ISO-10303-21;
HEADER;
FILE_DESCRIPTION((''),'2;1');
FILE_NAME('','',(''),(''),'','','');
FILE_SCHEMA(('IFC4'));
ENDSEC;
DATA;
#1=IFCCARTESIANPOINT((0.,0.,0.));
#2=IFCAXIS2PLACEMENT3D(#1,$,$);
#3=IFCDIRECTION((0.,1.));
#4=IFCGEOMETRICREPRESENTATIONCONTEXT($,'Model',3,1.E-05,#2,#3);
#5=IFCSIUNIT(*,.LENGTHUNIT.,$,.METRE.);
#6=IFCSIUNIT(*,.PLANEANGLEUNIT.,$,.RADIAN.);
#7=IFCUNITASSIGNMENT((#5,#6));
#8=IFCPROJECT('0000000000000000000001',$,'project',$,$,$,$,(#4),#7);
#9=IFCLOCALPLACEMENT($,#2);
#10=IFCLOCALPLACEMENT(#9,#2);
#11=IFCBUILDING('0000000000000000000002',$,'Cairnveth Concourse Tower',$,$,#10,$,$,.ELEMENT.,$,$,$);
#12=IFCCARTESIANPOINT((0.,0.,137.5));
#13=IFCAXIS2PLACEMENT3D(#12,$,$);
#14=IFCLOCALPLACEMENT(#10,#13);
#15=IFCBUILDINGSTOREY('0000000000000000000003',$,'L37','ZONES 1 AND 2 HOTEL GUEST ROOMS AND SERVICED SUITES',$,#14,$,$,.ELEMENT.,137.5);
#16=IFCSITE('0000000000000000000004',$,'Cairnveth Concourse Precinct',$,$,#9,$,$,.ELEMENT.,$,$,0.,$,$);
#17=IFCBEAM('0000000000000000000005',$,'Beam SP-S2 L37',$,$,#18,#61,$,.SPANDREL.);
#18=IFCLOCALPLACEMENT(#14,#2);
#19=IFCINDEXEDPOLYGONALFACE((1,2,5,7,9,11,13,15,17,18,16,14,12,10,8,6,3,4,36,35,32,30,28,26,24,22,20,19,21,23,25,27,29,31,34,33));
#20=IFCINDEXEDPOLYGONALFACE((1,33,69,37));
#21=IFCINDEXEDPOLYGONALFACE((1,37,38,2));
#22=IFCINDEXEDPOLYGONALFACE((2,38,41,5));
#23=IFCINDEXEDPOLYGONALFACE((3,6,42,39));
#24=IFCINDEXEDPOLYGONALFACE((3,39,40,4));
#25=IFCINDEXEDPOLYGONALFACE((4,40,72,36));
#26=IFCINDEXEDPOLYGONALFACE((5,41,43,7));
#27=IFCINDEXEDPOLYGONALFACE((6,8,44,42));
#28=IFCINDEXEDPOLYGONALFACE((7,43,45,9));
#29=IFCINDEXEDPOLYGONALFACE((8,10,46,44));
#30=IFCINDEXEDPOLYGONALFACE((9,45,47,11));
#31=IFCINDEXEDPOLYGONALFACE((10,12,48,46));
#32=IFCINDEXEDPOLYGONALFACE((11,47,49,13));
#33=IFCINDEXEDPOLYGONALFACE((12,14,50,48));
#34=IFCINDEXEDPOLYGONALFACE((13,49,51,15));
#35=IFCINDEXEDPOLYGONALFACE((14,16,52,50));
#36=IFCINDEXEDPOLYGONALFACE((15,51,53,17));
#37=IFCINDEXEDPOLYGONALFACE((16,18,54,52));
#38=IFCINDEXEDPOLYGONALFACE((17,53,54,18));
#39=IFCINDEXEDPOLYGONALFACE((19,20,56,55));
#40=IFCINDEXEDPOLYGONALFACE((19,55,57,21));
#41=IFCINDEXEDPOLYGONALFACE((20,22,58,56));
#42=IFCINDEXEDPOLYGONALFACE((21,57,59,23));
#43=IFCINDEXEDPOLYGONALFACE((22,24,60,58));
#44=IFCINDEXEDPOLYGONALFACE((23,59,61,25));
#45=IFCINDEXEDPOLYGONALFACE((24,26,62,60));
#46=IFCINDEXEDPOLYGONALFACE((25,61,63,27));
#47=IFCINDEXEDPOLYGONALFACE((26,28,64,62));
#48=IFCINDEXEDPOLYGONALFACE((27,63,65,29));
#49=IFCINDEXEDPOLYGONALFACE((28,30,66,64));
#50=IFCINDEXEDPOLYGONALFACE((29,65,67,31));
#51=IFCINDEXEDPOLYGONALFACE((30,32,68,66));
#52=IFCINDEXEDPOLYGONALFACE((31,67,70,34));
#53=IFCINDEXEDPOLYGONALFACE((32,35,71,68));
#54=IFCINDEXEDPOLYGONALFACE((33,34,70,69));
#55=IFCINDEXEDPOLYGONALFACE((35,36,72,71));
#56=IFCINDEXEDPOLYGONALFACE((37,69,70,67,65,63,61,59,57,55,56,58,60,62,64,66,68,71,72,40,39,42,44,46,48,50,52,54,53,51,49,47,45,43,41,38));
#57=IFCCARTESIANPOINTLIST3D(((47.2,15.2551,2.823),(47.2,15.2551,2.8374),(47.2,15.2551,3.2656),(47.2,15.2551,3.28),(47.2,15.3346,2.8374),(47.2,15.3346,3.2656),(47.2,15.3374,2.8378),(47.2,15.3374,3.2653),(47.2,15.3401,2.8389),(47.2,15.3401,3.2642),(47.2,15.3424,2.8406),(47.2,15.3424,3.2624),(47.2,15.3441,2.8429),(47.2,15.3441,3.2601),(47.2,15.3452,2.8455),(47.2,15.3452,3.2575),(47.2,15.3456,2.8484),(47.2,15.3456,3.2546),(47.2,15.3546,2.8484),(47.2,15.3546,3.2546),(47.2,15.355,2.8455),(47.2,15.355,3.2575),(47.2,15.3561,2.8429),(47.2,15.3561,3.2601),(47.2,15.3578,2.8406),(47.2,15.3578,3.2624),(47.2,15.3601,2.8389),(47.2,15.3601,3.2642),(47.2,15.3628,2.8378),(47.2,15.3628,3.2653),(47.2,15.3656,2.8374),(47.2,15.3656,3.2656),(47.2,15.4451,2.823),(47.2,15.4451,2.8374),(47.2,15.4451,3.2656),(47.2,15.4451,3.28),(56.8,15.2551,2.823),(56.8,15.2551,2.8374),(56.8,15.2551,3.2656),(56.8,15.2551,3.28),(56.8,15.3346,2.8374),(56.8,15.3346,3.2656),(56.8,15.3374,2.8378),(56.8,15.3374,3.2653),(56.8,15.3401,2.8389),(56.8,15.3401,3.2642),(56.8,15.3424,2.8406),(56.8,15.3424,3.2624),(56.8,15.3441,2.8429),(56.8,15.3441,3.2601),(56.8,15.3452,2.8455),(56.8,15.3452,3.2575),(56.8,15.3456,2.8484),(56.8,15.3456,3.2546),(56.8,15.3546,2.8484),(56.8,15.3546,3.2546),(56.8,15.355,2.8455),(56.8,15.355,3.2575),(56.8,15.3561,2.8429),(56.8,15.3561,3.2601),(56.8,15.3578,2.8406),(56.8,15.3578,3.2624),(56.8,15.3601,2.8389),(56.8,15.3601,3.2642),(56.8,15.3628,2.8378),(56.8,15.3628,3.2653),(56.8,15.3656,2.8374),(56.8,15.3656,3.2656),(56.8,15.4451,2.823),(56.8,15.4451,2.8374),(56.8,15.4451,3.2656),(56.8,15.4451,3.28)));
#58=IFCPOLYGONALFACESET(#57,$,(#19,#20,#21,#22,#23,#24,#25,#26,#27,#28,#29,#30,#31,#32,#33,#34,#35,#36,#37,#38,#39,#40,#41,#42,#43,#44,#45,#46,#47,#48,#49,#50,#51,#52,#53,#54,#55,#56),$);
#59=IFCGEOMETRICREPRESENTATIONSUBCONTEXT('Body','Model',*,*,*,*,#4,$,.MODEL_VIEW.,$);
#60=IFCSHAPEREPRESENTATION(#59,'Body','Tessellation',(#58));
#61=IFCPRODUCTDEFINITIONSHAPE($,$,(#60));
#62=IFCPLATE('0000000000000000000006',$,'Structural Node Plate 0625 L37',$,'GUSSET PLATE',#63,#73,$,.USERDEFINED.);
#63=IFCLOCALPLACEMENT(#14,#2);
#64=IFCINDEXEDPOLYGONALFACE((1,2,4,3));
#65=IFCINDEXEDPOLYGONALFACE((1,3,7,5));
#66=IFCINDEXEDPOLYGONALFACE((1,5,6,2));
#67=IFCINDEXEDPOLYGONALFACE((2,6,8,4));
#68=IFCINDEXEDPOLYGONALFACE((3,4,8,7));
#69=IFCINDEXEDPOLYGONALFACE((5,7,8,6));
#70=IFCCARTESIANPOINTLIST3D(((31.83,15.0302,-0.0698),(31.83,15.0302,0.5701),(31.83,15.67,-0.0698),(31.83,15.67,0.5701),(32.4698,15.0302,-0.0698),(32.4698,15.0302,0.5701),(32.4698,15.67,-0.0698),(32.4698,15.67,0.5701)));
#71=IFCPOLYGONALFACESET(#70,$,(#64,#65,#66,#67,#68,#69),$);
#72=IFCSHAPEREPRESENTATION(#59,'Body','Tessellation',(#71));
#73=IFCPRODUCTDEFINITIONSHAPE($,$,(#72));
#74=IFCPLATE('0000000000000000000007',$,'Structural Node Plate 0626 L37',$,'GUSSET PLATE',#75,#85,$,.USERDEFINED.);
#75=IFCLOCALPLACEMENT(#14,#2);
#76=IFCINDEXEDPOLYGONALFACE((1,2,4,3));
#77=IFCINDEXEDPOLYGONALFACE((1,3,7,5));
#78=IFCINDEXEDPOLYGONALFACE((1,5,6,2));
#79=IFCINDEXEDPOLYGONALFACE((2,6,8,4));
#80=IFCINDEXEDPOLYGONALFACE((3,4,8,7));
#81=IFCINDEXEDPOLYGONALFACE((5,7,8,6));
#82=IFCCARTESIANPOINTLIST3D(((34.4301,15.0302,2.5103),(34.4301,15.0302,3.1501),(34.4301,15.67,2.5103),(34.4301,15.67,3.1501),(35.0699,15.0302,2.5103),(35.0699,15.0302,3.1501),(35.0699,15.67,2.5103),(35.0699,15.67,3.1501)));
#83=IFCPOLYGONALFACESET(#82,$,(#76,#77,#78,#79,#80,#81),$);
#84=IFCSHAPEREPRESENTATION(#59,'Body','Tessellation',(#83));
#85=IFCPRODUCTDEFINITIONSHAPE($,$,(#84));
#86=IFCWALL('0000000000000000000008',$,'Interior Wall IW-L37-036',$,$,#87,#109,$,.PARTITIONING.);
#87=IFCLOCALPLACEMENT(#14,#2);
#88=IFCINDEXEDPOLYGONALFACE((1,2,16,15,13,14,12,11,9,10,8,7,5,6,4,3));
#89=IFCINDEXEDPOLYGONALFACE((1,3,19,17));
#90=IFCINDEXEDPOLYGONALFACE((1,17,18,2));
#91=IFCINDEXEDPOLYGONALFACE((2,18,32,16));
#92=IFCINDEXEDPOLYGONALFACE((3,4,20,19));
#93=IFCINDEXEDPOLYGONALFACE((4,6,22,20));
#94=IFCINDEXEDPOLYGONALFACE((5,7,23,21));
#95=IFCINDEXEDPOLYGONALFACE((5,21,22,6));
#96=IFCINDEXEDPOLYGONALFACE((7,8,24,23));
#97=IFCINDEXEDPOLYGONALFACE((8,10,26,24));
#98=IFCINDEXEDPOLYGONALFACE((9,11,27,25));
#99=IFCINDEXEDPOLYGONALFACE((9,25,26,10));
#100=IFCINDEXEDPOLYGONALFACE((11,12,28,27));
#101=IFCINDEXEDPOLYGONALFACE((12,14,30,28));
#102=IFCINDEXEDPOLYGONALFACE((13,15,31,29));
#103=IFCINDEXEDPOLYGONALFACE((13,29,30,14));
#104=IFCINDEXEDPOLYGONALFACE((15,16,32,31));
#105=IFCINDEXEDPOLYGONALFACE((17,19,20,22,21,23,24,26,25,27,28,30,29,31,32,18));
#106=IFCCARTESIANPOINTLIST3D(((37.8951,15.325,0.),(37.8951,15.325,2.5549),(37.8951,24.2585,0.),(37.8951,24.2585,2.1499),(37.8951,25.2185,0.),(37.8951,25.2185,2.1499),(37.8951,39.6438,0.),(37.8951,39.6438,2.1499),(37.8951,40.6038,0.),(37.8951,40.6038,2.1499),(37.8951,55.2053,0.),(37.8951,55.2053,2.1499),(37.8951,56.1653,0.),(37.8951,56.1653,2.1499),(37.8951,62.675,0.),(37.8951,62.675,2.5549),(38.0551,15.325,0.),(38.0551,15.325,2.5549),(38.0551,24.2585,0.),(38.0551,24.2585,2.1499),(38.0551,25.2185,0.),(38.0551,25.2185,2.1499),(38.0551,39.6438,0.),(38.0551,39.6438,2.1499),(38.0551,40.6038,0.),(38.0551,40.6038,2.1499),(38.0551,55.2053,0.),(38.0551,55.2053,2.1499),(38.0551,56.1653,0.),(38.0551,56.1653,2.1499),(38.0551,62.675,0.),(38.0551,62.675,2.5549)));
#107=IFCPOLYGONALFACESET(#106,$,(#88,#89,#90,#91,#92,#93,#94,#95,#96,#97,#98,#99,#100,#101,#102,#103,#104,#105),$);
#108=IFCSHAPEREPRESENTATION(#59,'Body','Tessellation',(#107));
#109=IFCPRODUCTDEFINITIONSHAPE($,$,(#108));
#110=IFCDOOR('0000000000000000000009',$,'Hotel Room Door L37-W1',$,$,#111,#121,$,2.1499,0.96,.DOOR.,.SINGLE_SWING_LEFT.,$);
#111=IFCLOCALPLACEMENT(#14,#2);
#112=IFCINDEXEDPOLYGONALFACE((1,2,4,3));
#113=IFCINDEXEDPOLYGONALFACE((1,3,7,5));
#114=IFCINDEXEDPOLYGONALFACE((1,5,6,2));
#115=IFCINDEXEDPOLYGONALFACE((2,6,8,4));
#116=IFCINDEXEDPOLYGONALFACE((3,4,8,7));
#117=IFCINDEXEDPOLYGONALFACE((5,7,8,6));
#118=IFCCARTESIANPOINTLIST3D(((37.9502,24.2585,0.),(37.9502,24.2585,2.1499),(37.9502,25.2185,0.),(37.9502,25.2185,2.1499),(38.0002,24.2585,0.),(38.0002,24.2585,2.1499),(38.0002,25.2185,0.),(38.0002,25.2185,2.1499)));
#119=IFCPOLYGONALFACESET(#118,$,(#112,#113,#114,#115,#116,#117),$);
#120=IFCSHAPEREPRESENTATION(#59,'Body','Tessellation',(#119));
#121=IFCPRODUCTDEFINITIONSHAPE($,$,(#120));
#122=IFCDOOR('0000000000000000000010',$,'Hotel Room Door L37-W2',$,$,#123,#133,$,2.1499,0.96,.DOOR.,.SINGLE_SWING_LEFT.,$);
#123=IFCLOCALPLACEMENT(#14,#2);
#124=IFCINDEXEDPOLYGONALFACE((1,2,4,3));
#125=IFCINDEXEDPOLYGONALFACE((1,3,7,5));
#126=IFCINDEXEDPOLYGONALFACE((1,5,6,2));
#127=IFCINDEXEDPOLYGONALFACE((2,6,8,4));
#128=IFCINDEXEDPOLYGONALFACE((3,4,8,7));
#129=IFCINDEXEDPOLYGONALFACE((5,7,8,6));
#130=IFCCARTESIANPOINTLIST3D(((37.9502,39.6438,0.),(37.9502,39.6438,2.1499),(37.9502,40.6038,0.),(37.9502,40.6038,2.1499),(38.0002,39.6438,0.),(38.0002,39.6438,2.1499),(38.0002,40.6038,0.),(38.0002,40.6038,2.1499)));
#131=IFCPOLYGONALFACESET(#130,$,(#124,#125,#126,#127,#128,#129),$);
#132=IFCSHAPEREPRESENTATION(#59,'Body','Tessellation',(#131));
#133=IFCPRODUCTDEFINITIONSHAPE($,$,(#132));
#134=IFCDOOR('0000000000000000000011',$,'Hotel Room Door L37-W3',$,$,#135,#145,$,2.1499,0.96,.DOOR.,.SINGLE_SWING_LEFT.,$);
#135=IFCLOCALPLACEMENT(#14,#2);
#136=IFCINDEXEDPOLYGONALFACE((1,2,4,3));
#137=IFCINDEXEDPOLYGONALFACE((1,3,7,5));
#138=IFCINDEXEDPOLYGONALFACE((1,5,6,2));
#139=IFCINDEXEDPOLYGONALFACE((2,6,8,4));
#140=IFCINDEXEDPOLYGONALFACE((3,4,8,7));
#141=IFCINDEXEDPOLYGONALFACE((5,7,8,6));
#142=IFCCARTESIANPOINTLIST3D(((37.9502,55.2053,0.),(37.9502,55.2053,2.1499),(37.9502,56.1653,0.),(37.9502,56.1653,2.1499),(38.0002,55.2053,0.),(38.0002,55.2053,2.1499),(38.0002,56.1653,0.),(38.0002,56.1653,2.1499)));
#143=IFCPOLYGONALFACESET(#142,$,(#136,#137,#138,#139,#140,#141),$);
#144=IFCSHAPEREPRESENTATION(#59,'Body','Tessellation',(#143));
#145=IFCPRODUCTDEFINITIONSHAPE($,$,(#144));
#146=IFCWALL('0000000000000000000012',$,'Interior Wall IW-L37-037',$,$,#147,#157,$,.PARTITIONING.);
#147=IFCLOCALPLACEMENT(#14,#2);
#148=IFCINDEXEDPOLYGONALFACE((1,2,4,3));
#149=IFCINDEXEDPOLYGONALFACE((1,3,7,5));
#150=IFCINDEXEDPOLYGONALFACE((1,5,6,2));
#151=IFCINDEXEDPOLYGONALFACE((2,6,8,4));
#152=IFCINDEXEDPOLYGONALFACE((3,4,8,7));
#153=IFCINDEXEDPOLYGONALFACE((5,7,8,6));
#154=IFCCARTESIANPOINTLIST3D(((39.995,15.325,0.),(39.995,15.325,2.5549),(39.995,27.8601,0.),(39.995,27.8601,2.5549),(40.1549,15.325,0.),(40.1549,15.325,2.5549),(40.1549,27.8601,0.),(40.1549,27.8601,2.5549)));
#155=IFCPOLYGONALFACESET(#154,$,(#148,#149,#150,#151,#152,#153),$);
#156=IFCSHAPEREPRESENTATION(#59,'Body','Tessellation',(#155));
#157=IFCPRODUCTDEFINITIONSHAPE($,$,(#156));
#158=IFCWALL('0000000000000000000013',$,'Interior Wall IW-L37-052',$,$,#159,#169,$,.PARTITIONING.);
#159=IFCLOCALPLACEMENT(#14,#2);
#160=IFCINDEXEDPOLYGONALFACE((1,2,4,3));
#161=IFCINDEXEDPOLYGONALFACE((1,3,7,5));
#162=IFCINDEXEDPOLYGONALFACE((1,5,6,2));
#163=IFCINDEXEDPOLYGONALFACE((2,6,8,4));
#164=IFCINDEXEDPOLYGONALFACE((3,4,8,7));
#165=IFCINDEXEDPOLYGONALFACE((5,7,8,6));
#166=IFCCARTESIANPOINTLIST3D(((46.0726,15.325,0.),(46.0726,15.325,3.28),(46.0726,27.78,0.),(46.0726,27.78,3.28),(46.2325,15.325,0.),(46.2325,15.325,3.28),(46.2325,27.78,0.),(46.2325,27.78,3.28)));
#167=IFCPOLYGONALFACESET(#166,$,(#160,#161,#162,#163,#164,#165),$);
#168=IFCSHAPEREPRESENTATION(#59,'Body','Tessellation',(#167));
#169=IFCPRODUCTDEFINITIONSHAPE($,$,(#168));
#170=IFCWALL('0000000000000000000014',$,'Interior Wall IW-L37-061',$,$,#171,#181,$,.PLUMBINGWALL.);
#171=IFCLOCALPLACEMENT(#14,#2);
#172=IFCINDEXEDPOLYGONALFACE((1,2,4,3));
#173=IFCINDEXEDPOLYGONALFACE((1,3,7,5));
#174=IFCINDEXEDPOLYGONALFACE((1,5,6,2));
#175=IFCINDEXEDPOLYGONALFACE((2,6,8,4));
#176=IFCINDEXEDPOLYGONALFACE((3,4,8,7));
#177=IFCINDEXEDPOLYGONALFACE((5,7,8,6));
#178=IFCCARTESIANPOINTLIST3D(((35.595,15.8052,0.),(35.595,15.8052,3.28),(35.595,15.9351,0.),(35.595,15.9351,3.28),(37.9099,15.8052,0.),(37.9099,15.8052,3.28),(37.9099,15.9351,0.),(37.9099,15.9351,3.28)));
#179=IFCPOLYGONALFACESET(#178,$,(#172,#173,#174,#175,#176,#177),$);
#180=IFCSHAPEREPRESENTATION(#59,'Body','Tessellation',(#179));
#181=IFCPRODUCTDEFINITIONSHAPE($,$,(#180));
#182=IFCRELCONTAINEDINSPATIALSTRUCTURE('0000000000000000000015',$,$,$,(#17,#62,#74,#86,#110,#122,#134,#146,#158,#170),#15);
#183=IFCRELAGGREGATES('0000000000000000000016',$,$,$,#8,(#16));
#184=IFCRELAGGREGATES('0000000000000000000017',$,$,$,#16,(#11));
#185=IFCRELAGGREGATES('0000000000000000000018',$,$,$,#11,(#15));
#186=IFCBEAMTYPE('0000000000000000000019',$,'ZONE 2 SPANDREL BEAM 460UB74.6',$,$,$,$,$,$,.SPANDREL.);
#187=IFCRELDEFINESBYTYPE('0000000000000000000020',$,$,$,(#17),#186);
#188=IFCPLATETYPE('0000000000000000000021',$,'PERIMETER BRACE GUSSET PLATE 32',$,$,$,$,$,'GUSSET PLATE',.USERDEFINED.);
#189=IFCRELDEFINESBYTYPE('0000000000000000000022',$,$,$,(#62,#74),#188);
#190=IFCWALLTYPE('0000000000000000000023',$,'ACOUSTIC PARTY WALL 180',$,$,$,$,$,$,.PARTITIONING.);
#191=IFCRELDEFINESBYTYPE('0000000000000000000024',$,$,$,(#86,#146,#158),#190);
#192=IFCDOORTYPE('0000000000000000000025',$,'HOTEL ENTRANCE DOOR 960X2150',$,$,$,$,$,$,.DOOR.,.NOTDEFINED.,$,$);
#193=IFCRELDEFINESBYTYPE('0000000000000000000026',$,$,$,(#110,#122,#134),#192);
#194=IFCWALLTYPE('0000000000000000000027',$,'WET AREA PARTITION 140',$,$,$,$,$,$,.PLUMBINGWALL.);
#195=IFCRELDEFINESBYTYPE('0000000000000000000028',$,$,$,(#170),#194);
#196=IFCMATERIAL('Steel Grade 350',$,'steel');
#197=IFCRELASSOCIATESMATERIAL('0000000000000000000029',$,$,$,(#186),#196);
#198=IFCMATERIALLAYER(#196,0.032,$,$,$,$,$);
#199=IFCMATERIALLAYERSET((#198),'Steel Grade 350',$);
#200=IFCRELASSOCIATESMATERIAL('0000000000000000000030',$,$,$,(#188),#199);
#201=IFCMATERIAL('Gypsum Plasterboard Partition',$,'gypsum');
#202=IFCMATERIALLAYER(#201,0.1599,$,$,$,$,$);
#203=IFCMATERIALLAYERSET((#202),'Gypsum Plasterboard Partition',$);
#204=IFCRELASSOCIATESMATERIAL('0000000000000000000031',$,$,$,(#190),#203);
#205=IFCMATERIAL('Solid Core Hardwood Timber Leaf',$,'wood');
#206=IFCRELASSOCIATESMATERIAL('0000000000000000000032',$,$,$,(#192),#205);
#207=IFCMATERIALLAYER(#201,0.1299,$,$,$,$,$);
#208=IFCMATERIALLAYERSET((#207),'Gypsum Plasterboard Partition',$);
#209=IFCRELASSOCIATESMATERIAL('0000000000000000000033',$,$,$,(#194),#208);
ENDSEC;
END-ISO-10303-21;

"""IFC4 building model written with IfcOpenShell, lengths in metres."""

from ifc_helpers import new_model, si_unit, direction, frame, frame_2d, origin, origin_2d, place, context, subcontext, project, spatial, rectangle, i_section, extrude, material, layer, layer_set, material_profile, profile_set, type_object, element, fill, save


model = new_model("IFC4")

# Units and contexts
model_context = context("Model", 3, precision=1e-05, world=origin(), true_north=direction((0.0, 1.0)))
body_context = subcontext(model_context, "Body", "Model", "MODEL_VIEW")
ifc_project = project(units=[si_unit("LENGTHUNIT", "METRE"), si_unit("PLANEANGLEUNIT", "RADIAN")], contexts=[model_context])

# Site, building, storey
site_placement = place(None, origin())
site = spatial("IfcSite", under=ifc_project, at=site_placement, Name="Cairnveth Concourse Precinct", CompositionType="ELEMENT", RefElevation=0.0)
building_placement = place(site_placement, origin())
building = spatial("IfcBuilding", under=site, at=building_placement, Name="Cairnveth Concourse Tower", CompositionType="ELEMENT")
storey_placement = place(building_placement, frame((0.0, 0.0, 137.5)))
storey = spatial("IfcBuildingStorey", under=building, at=storey_placement, Name="L37", Description="ZONES 1 AND 2 HOTEL GUEST ROOMS AND SERVICED SUITES", CompositionType="ELEMENT", Elevation=137.5)

# Shared definitions
ifc_material_1 = material(Name="Steel Grade 350", Category="steel")

# Beam
ifc_material_profile_1 = material_profile(ifc_material_1, i_section(OverallWidth=0.1899, OverallDepth=0.457, WebThickness=0.009, FlangeThickness=0.0144, FilletRadius=0.011, at=origin_2d()), Name="460UB74.6")
ifc_profile_set_1 = profile_set([ifc_material_profile_1], Name="Steel Grade 350")
beam_type_1 = type_object("IfcBeamType", Name="ZONE 2 SPANDREL BEAM 460UB74.6", PredefinedType="SPANDREL", material=ifc_profile_set_1)
beam_1_placement = place(storey_placement, frame((47.2, 15.3501, 3.0515), z_axis=(1.0, 0.0, 0.0), x_axis=(0.0, 1.0, 0.0)))
element("IfcBeam", 1, at=beam_1_placement, inside=storey, type_object=beam_type_1, Name="Beam SP-S2 L37", PredefinedType="SPANDREL", context=body_context, shape_type="SweptSolid", body=[
    extrude(i_section(OverallWidth=0.1899, OverallDepth=0.457, WebThickness=0.009, FlangeThickness=0.0144, FilletRadius=0.011, at=origin_2d()), origin(), (0.0, 0.0, 1.0), 9.6001),
])

# Plates
ifc_layer_1 = layer(ifc_material_1, 0.032)
ifc_layer_set_1 = layer_set([ifc_layer_1], Name="Steel Grade 350")
plate_type = type_object("IfcPlateType", Name="PERIMETER BRACE GUSSET PLATE 32", ElementType="GUSSET PLATE", PredefinedType="USERDEFINED", material=ifc_layer_set_1)
for number, where, z_axis, x_axis, name in (
    (2, (32.1499, 15.3501, -0.0698), (0.0, 0.0, 1.0), (1.0, 0.0, 0.0), "Structural Node Plate 0625 L37"),
    (3, (34.75, 15.3501, 2.5103), (0.0, 0.0, 1.0), (1.0, 0.0, 0.0), "Structural Node Plate 0626 L37"),
):
    element("IfcPlate", number, at=place(storey_placement, frame(where, z_axis=z_axis, x_axis=x_axis)), inside=storey, type_object=plate_type, Name=name, ObjectType="GUSSET PLATE", PredefinedType="USERDEFINED", context=body_context, shape_type="SweptSolid", body=[
        extrude(rectangle(XDim=0.6399, YDim=0.6399, at=origin_2d()), origin(), (0.0, 0.0, 1.0), 0.6399),
    ])

# Wall, openings, doors
ifc_material_2 = material(Name="Gypsum Plasterboard Partition", Category="gypsum")
ifc_layer_2 = layer(ifc_material_2, 0.1599)
ifc_layer_set_2 = layer_set([ifc_layer_2], Name="Gypsum Plasterboard Partition")
wall_type_1 = type_object("IfcWallType", Name="ACOUSTIC PARTY WALL 180", PredefinedType="PARTITIONING", material=ifc_layer_set_2)
wall_1_placement = place(storey_placement, frame((37.9751, 15.325, 0.0), z_axis=(0.0, 0.0, 1.0), x_axis=(0.0, 1.0, 0.0)))
wall_1 = element("IfcWall", 4, at=wall_1_placement, inside=storey, type_object=wall_type_1, Name="Interior Wall IW-L37-036", PredefinedType="PARTITIONING", context=body_context, shape_type="SweptSolid", body=[
    extrude(rectangle(XDim=47.3501, YDim=0.1599, at=frame_2d((23.675, 0.0))), origin(), (0.0, 0.0, 1.0), 2.5549),
])
opening_1_placement = place(wall_1_placement, frame((8.9336, 0.0, 0.0)))
opening_1 = element("IfcOpeningElement", 5, at=opening_1_placement, cuts=wall_1, PredefinedType="OPENING", context=body_context, shape_type="SweptSolid", body=[
    extrude(rectangle(XDim=0.96, YDim=2.1499, at=frame_2d((0.48, 1.075))), frame((0.0, 0.0898, 0.0), z_axis=(0.0, -1.0, 0.0), x_axis=(1.0, 0.0, 0.0)), (0.0, 0.0, 1.0), 0.1799),
])
opening_2_placement = place(wall_1_placement, frame((24.3188, 0.0, 0.0)))
opening_2 = element("IfcOpeningElement", 6, at=opening_2_placement, cuts=wall_1, PredefinedType="OPENING", context=body_context, shape_type="SweptSolid", body=[
    extrude(rectangle(XDim=0.96, YDim=2.1499, at=frame_2d((0.48, 1.075))), frame((0.0, 0.0898, 0.0), z_axis=(0.0, -1.0, 0.0), x_axis=(1.0, 0.0, 0.0)), (0.0, 0.0, 1.0), 0.1799),
])
opening_3_placement = place(wall_1_placement, frame((39.8804, 0.0, 0.0)))
opening_3 = element("IfcOpeningElement", 7, at=opening_3_placement, cuts=wall_1, PredefinedType="OPENING", context=body_context, shape_type="SweptSolid", body=[
    extrude(rectangle(XDim=0.96, YDim=2.1499, at=frame_2d((0.48, 1.075))), frame((0.0, 0.0898, 0.0), z_axis=(0.0, -1.0, 0.0), x_axis=(1.0, 0.0, 0.0)), (0.0, 0.0, 1.0), 0.1799),
])
ifc_material_3 = material(Name="Solid Core Hardwood Timber Leaf", Category="wood")
door_type_1 = type_object("IfcDoorType", Name="HOTEL ENTRANCE DOOR 960X2150", OperationType="NOTDEFINED", PredefinedType="DOOR", material=ifc_material_3)
door_1_placement = place(opening_1_placement, origin())
door_1 = element("IfcDoor", 8, at=door_1_placement, inside=storey, type_object=door_type_1, Name="Hotel Room Door L37-W1", OperationType="SINGLE_SWING_LEFT", OverallHeight=2.1499, OverallWidth=0.96, PredefinedType="DOOR", context=body_context, shape_type="SweptSolid", body=[
    extrude(rectangle(XDim=0.96, YDim=2.1499, at=frame_2d((0.48, 1.075))), frame((0.0, 0.0249, 0.0), z_axis=(0.0, -1.0, 0.0), x_axis=(1.0, 0.0, 0.0)), (0.0, 0.0, 1.0), 0.05),
])
fill(opening_1, door_1)
door_2_placement = place(opening_2_placement, origin())
door_2 = element("IfcDoor", 9, at=door_2_placement, inside=storey, type_object=door_type_1, Name="Hotel Room Door L37-W2", OperationType="SINGLE_SWING_LEFT", OverallHeight=2.1499, OverallWidth=0.96, PredefinedType="DOOR", context=body_context, shape_type="SweptSolid", body=[
    extrude(rectangle(XDim=0.96, YDim=2.1499, at=frame_2d((0.48, 1.075))), frame((0.0, 0.0249, 0.0), z_axis=(0.0, -1.0, 0.0), x_axis=(1.0, 0.0, 0.0)), (0.0, 0.0, 1.0), 0.05),
])
fill(opening_2, door_2)
door_3_placement = place(opening_3_placement, origin())
door_3 = element("IfcDoor", 10, at=door_3_placement, inside=storey, type_object=door_type_1, Name="Hotel Room Door L37-W3", OperationType="SINGLE_SWING_LEFT", OverallHeight=2.1499, OverallWidth=0.96, PredefinedType="DOOR", context=body_context, shape_type="SweptSolid", body=[
    extrude(rectangle(XDim=0.96, YDim=2.1499, at=frame_2d((0.48, 1.075))), frame((0.0, 0.0249, 0.0), z_axis=(0.0, -1.0, 0.0), x_axis=(1.0, 0.0, 0.0)), (0.0, 0.0, 1.0), 0.05),
])
fill(opening_3, door_3)

# Walls
wall_2_placement = place(storey_placement, frame((40.075, 15.325, 0.0), z_axis=(0.0, 0.0, 1.0), x_axis=(0.0, 1.0, 0.0)))
element("IfcWall", 11, at=wall_2_placement, inside=storey, type_object=wall_type_1, Name="Interior Wall IW-L37-037", PredefinedType="PARTITIONING", context=body_context, shape_type="SweptSolid", body=[
    extrude(rectangle(XDim=12.5352, YDim=0.1599, at=frame_2d((6.2676, 0.0))), origin(), (0.0, 0.0, 1.0), 2.5549),
])
wall_3_placement = place(storey_placement, frame((46.1526, 15.325, 0.0), z_axis=(0.0, 0.0, 1.0), x_axis=(0.0, 1.0, 0.0)))
element("IfcWall", 12, at=wall_3_placement, inside=storey, type_object=wall_type_1, Name="Interior Wall IW-L37-052", PredefinedType="PARTITIONING", context=body_context, shape_type="SweptSolid", body=[
    extrude(rectangle(XDim=12.4551, YDim=0.1599, at=frame_2d((6.2275, 0.0))), origin(), (0.0, 0.0, 1.0), 3.28),
])
ifc_layer_3 = layer(ifc_material_2, 0.1299)
ifc_layer_set_3 = layer_set([ifc_layer_3], Name="Gypsum Plasterboard Partition")
wall_type_2 = type_object("IfcWallType", Name="WET AREA PARTITION 140", PredefinedType="PLUMBINGWALL", material=ifc_layer_set_3)
wall_4_placement = place(storey_placement, frame((35.595, 15.8701, 0.0), z_axis=(0.0, 0.0, 1.0), x_axis=(1.0, 0.0, 0.0)))
element("IfcWall", 13, at=wall_4_placement, inside=storey, type_object=wall_type_2, Name="Interior Wall IW-L37-061", PredefinedType="PLUMBINGWALL", context=body_context, shape_type="SweptSolid", body=[
    extrude(rectangle(XDim=2.3149, YDim=0.1299, at=frame_2d((1.1575, 0.0))), origin(), (0.0, 0.0, 1.0), 3.28),
])

save(model, "model.ifc")
